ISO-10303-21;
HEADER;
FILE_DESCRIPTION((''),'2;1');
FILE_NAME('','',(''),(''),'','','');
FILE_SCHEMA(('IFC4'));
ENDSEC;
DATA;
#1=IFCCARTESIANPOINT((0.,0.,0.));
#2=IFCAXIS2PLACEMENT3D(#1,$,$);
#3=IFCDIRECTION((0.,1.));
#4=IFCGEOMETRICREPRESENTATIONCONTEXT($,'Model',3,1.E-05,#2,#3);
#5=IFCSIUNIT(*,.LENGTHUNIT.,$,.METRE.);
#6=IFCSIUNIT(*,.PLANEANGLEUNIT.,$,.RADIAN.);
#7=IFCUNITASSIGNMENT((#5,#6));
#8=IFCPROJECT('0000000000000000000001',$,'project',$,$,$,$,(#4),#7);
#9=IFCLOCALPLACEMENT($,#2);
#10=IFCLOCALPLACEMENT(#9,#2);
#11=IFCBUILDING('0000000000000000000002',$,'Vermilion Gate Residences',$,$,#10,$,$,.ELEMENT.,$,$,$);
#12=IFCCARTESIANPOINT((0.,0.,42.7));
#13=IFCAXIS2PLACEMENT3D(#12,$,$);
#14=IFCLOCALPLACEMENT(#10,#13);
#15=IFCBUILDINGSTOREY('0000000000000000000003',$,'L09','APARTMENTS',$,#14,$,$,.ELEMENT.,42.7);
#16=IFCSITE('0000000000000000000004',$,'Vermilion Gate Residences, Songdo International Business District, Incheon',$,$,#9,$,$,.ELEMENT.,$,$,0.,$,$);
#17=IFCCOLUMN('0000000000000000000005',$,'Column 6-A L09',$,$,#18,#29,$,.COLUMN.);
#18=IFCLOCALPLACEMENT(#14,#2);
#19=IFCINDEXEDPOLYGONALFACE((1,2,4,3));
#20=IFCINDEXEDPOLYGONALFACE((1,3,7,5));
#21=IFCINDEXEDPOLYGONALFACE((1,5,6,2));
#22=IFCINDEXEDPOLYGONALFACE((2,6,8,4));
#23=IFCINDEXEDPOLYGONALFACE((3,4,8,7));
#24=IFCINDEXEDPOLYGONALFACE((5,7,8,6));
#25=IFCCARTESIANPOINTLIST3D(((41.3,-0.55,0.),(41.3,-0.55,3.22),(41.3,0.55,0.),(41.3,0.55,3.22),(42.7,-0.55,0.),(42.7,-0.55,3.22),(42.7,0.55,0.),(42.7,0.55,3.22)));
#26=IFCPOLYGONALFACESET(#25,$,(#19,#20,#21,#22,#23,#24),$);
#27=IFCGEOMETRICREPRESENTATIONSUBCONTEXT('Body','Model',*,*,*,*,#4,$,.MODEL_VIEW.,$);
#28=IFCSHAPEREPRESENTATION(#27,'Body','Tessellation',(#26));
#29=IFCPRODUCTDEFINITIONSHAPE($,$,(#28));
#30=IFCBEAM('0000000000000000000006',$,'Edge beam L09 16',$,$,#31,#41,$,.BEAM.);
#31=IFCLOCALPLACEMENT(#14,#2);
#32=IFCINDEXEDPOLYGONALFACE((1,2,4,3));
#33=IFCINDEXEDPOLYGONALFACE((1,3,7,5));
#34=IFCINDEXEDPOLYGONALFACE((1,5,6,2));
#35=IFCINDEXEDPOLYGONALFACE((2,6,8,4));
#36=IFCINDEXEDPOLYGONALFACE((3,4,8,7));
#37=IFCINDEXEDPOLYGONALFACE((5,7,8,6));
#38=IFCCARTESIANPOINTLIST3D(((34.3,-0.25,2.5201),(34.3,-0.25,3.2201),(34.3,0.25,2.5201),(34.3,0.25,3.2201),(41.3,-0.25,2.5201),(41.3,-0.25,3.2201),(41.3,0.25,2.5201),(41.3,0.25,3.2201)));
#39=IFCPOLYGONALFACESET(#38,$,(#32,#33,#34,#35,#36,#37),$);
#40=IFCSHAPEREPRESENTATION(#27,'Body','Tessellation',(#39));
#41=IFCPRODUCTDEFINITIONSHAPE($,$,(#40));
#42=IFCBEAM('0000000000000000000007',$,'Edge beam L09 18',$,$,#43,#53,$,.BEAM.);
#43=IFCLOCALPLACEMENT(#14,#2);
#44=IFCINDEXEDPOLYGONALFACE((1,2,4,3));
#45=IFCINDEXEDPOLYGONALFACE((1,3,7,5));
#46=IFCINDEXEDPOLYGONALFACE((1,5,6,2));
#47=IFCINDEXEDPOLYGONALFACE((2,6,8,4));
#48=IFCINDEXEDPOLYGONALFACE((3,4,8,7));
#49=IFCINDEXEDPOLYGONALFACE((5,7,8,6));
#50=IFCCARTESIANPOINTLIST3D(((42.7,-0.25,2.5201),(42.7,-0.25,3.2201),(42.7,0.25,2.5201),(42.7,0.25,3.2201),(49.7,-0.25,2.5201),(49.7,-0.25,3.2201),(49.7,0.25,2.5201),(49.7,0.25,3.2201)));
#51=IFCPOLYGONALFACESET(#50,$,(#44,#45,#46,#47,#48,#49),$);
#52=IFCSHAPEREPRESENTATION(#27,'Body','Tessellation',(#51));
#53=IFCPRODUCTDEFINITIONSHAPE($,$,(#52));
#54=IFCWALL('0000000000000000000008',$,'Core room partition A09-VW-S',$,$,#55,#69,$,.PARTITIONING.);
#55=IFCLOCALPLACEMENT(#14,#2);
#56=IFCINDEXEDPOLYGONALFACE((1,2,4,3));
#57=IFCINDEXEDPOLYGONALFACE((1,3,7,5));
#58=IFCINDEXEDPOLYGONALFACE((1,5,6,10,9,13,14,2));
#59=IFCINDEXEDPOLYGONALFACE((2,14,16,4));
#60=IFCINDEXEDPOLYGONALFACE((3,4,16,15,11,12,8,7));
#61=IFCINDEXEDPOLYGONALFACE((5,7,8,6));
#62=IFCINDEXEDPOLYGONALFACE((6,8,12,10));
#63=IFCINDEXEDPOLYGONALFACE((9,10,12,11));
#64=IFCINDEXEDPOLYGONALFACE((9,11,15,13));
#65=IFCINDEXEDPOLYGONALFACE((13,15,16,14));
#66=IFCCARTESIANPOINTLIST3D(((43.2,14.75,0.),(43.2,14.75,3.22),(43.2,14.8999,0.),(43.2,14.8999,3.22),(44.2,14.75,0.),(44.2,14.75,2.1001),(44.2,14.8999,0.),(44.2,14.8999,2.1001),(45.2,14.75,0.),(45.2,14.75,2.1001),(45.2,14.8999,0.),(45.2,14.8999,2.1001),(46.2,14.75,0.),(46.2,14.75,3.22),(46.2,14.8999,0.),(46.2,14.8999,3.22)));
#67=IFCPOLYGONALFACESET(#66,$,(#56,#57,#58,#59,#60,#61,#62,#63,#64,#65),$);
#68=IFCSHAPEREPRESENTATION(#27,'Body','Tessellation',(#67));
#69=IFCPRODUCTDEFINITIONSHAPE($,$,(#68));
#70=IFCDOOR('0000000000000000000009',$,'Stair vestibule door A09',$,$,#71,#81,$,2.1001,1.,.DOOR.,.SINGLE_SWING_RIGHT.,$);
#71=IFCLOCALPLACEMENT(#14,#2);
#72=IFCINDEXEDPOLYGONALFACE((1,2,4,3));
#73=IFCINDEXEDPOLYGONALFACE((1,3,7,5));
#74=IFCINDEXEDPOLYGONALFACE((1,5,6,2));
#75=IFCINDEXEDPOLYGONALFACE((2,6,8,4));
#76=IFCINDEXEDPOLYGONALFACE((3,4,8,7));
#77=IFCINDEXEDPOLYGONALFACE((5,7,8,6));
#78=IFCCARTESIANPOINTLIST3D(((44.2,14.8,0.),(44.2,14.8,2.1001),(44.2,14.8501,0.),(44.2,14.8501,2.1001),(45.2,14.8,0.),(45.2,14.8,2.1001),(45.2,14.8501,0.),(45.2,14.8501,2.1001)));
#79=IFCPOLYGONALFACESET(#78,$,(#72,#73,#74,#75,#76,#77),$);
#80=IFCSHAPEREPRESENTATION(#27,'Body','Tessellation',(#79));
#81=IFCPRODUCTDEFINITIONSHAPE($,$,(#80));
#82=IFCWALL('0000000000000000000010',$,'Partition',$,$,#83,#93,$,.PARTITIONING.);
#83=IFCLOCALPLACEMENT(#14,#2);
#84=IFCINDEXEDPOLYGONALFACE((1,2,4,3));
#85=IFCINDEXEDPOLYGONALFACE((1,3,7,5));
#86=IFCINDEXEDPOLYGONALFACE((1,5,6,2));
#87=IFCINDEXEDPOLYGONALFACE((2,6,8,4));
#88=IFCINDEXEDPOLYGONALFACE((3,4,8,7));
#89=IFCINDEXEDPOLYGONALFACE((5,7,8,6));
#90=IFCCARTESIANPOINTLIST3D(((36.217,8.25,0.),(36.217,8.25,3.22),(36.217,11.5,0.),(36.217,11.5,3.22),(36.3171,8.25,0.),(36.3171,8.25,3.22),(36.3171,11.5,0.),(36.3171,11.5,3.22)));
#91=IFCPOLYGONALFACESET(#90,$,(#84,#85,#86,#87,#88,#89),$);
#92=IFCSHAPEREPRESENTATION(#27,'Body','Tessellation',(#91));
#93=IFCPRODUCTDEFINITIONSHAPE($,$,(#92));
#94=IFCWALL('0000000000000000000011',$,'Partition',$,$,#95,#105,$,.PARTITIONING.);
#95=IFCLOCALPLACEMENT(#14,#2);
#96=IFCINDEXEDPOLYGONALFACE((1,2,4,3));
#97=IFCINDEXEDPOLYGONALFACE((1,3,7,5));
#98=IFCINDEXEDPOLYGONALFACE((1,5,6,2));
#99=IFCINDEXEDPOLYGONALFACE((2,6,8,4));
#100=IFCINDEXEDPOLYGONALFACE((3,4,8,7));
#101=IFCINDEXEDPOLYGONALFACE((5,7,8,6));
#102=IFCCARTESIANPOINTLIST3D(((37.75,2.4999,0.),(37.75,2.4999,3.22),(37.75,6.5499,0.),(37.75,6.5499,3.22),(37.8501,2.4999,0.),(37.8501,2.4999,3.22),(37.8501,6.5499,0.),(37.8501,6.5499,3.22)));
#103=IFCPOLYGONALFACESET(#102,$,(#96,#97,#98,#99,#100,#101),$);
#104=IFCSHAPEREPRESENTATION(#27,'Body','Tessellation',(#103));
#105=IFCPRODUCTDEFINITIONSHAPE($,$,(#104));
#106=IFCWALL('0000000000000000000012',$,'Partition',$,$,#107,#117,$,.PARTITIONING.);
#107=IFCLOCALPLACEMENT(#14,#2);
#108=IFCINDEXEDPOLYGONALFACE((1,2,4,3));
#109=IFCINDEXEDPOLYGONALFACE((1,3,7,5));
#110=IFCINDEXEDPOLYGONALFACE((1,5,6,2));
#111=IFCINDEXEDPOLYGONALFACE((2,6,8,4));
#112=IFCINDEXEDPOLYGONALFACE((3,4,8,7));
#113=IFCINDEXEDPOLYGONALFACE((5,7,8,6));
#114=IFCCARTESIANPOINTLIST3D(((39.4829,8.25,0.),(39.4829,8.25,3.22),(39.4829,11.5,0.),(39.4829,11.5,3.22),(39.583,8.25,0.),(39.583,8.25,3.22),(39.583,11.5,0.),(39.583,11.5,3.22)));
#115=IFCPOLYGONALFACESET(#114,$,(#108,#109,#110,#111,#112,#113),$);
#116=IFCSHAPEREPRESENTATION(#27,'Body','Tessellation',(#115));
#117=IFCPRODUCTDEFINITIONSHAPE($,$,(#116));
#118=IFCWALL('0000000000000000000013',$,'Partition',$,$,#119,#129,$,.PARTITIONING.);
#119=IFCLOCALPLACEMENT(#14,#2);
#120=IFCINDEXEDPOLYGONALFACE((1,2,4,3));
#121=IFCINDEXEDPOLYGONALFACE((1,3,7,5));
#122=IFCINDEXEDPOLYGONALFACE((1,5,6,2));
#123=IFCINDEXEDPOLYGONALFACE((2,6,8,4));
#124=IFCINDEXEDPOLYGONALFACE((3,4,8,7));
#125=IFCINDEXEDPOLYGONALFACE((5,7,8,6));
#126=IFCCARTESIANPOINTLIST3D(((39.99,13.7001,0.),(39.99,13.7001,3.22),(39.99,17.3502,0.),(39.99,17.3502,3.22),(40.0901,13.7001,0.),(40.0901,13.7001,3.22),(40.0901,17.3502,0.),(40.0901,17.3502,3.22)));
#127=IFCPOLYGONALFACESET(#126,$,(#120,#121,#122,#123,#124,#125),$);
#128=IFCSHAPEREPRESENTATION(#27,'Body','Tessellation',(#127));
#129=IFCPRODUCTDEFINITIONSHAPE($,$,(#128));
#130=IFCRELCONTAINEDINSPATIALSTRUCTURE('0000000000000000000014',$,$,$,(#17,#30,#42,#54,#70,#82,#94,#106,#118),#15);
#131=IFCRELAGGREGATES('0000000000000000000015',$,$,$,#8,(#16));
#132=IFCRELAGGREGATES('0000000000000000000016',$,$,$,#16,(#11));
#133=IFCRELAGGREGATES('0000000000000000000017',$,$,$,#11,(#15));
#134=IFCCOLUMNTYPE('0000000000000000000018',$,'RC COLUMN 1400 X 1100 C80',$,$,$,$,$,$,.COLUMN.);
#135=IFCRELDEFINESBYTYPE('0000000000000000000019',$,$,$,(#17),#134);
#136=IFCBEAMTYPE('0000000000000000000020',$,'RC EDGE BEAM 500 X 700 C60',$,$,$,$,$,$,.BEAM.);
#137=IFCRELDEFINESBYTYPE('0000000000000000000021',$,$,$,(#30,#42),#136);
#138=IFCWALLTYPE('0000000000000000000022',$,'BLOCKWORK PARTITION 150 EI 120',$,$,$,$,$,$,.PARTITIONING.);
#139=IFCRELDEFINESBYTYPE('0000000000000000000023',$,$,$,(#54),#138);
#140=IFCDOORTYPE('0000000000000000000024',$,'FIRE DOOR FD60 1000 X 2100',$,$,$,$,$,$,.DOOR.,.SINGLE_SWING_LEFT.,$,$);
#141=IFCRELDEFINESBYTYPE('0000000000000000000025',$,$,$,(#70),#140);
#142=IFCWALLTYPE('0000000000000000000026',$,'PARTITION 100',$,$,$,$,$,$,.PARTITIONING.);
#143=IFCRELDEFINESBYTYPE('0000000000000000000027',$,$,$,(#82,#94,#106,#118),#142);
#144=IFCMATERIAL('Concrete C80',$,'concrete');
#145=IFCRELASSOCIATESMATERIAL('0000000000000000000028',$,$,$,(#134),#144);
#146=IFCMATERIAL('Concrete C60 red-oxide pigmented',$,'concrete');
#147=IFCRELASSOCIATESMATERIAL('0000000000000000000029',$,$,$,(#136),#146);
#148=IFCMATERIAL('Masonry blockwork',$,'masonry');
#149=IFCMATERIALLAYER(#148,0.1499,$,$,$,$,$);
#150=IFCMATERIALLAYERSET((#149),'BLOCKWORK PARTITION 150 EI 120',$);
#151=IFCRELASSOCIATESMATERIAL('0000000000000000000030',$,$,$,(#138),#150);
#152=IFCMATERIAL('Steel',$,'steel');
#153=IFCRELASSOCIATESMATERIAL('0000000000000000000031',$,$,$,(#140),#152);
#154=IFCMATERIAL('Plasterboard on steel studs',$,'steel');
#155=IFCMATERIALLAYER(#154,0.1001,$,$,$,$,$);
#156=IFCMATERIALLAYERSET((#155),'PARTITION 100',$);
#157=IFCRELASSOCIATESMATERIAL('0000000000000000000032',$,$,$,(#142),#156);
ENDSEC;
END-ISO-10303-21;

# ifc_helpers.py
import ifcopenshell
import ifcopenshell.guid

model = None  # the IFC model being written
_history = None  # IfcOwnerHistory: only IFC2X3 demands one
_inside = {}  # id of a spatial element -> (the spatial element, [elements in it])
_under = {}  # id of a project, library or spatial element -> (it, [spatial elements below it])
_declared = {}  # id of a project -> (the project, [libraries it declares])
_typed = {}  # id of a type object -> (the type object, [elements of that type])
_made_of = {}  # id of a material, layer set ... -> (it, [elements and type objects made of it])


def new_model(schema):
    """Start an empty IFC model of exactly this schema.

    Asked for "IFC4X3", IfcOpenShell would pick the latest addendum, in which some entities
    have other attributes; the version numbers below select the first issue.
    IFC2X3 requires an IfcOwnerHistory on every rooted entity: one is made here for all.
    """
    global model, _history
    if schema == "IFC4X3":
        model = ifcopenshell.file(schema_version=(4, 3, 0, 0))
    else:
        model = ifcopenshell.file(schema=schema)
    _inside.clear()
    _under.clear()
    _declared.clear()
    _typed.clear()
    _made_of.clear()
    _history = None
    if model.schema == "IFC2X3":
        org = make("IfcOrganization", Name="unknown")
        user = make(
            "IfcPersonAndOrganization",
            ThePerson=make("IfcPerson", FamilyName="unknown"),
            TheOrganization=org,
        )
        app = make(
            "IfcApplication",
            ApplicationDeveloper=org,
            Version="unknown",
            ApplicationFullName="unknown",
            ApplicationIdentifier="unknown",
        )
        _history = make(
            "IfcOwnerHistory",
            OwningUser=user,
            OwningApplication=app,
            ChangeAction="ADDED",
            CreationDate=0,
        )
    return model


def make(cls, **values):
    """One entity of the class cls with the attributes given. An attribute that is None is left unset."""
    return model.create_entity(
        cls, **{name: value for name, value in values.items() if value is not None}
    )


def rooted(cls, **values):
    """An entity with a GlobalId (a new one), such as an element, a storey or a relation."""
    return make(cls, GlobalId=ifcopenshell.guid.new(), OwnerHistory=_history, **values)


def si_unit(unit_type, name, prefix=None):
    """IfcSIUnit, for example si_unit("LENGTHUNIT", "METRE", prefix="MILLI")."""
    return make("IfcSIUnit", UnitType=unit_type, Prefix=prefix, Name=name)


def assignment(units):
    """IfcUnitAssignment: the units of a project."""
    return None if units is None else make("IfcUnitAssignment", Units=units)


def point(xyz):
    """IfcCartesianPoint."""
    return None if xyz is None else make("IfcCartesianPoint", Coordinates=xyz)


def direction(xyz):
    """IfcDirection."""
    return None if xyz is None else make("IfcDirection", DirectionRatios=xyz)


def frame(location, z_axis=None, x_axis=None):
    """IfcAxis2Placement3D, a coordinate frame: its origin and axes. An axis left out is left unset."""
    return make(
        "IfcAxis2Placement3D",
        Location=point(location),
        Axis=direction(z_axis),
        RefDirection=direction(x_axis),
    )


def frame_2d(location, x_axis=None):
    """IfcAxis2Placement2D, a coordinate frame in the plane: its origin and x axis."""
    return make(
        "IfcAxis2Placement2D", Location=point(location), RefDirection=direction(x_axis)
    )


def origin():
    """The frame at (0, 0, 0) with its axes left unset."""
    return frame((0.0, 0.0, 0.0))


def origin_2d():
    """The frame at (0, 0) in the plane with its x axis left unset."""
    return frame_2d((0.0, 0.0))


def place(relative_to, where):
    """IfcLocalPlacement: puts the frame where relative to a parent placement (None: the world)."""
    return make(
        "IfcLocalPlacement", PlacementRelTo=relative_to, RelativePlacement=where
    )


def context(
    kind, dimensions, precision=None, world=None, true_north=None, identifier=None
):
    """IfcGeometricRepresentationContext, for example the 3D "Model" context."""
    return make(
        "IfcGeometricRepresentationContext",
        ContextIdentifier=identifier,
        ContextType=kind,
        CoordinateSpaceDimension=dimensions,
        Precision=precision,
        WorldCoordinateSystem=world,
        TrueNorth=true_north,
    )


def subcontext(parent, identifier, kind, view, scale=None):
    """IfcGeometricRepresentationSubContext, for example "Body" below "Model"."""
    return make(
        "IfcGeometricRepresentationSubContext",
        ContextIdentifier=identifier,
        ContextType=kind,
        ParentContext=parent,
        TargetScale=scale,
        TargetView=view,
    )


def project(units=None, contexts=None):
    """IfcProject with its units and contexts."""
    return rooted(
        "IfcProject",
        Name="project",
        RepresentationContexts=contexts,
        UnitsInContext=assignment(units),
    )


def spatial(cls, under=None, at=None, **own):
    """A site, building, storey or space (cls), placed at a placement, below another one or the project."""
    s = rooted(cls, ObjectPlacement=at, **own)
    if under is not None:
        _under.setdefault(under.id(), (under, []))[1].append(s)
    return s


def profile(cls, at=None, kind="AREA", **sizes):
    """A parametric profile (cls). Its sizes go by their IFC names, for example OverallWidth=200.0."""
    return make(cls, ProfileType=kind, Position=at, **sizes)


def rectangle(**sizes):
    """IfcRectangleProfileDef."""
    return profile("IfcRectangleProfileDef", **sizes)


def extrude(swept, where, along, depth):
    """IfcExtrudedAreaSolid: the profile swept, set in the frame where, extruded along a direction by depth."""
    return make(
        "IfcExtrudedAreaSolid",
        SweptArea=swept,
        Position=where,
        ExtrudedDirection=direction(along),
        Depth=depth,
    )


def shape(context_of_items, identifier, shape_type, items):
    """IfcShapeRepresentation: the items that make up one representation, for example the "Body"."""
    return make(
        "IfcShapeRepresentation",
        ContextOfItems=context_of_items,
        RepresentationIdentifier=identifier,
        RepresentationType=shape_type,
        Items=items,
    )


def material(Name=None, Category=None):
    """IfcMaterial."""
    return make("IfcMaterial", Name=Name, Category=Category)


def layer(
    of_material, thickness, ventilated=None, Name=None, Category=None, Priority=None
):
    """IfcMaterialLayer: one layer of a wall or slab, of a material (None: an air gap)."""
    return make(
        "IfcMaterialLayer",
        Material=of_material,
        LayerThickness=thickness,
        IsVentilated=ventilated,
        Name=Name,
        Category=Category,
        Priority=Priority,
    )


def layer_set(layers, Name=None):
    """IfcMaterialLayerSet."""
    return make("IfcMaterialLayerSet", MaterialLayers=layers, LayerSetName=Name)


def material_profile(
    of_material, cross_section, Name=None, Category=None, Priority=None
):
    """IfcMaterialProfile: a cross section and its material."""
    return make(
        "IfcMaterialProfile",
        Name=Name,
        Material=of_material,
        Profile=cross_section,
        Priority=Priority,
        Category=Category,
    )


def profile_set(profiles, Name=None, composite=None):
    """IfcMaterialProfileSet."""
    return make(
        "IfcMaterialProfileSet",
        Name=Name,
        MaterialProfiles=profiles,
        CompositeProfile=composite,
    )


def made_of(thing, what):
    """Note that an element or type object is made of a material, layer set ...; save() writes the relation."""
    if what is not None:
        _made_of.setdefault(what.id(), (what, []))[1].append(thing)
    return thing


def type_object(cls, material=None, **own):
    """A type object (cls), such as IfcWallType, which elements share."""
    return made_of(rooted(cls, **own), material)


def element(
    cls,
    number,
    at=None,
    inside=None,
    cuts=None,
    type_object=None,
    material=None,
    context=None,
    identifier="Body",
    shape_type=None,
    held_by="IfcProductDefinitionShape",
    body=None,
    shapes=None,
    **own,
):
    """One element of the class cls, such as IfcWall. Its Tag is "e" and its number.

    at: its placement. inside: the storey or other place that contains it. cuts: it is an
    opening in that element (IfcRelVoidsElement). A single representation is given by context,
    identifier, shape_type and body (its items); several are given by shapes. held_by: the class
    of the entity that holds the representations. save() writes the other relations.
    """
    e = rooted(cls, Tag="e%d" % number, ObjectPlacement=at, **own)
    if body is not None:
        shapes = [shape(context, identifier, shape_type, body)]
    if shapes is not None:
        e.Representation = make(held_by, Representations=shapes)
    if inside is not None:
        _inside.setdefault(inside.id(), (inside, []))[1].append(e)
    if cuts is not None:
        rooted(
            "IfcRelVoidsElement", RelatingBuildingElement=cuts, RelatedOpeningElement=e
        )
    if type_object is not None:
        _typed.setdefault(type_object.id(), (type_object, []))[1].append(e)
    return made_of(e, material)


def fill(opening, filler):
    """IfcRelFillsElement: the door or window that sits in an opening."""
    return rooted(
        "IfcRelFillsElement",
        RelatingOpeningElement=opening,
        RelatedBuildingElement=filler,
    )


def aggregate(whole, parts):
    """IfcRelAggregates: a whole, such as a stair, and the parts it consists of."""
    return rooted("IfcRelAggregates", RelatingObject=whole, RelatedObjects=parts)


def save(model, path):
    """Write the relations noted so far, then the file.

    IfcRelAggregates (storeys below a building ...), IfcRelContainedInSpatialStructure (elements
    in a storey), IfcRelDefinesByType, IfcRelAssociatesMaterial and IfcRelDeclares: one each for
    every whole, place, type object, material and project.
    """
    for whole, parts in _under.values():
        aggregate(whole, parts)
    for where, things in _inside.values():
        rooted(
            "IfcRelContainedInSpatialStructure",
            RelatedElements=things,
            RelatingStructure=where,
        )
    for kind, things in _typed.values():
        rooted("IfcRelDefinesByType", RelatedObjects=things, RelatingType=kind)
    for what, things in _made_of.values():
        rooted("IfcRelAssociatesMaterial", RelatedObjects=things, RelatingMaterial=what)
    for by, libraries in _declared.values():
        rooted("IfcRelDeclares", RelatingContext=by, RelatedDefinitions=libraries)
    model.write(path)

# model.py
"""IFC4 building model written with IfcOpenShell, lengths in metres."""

from ifc_helpers import new_model, si_unit, direction, frame, frame_2d, origin, origin_2d, place, context, subcontext, project, spatial, rectangle, extrude, material, layer, layer_set, material_profile, profile_set, type_object, element, fill, save


model = new_model("IFC4")

# Units and contexts
model_context = context("Model", 3, precision=1e-05, world=origin(), true_north=direction((0.0, 1.0)))
body_context = subcontext(model_context, "Body", "Model", "MODEL_VIEW")
ifc_project = project(units=[si_unit("LENGTHUNIT", "METRE"), si_unit("PLANEANGLEUNIT", "RADIAN")], contexts=[model_context])

# Site, building, storey
site_placement = place(None, origin())
site = spatial("IfcSite", under=ifc_project, at=site_placement, Name="Vermilion Gate Residences, Songdo International Business District, Incheon", CompositionType="ELEMENT", RefElevation=0.0)
building_placement = place(site_placement, origin())
building = spatial("IfcBuilding", under=site, at=building_placement, Name="Vermilion Gate Residences", CompositionType="ELEMENT")
storey_placement = place(building_placement, frame((0.0, 0.0, 42.7)))
storey = spatial("IfcBuildingStorey", under=building, at=storey_placement, Name="L09", Description="APARTMENTS", CompositionType="ELEMENT", Elevation=42.7)

# Column
ifc_material_1 = material(Name="Concrete C80", Category="concrete")
ifc_material_profile_1 = material_profile(ifc_material_1, rectangle(XDim=1.3999, YDim=1.1001, at=origin_2d()), Name="RC-1400x1100")
ifc_profile_set_1 = profile_set([ifc_material_profile_1], Name="Concrete C80")
column_type = type_object("IfcColumnType", Name="RC COLUMN 1400 X 1100 C80", PredefinedType="COLUMN", material=ifc_profile_set_1)
column_placement = place(storey_placement, frame((42.0, 0.0, 0.0), z_axis=(0.0, 0.0, 1.0), x_axis=(1.0, 0.0, 0.0)))
element("IfcColumn", 1, at=column_placement, inside=storey, type_object=column_type, Name="Column 6-A L09", PredefinedType="COLUMN", context=body_context, shape_type="SweptSolid", body=[
    extrude(rectangle(XDim=1.3999, YDim=1.1001, at=origin_2d()), origin(), (0.0, 0.0, 1.0), 3.22),
])

# Beams
ifc_material_2 = material(Name="Concrete C60 red-oxide pigmented", Category="concrete")
ifc_material_profile_2 = material_profile(ifc_material_2, rectangle(XDim=0.5, YDim=0.7, at=origin_2d()), Name="RC-500x700")
ifc_profile_set_2 = profile_set([ifc_material_profile_2], Name="Concrete C60 red-oxide pigmented")
beam_type = type_object("IfcBeamType", Name="RC EDGE BEAM 500 X 700 C60", PredefinedType="BEAM", material=ifc_profile_set_2)
for number, where, z_axis, x_axis, name in (
    (2, (34.3, 0.0, 2.8701), (1.0, 0.0, 0.0), (0.0, 1.0, 0.0), "Edge beam L09 16"),
    (3, (42.7, 0.0, 2.8701), (1.0, 0.0, 0.0), (0.0, 1.0, 0.0), "Edge beam L09 18"),
):
    element("IfcBeam", number, at=place(storey_placement, frame(where, z_axis=z_axis, x_axis=x_axis)), inside=storey, type_object=beam_type, Name=name, PredefinedType="BEAM", context=body_context, shape_type="SweptSolid", body=[
        extrude(rectangle(XDim=0.5, YDim=0.7, at=origin_2d()), origin(), (0.0, 0.0, 1.0), 7.0),
    ])

# Wall, opening, door
ifc_material_3 = material(Name="Masonry blockwork", Category="masonry")
ifc_layer_1 = layer(ifc_material_3, 0.1499)
ifc_layer_set_1 = layer_set([ifc_layer_1], Name="BLOCKWORK PARTITION 150 EI 120")
wall_type_1 = type_object("IfcWallType", Name="BLOCKWORK PARTITION 150 EI 120", PredefinedType="PARTITIONING", material=ifc_layer_set_1)
wall_1_placement = place(storey_placement, frame((43.2, 14.825, 0.0), z_axis=(0.0, 0.0, 1.0), x_axis=(1.0, 0.0, 0.0)))
wall_1 = element("IfcWall", 4, at=wall_1_placement, inside=storey, type_object=wall_type_1, Name="Core room partition A09-VW-S", PredefinedType="PARTITIONING", context=body_context, shape_type="SweptSolid", body=[
    extrude(rectangle(XDim=3.0, YDim=0.1499, at=frame_2d((1.5, 0.0))), origin(), (0.0, 0.0, 1.0), 3.22),
])
opening_1_placement = place(wall_1_placement, frame((1.0, 0.0, 0.0)))
opening_1 = element("IfcOpeningElement", 5, at=opening_1_placement, cuts=wall_1, PredefinedType="OPENING", context=body_context, shape_type="SweptSolid", body=[
    extrude(rectangle(XDim=1.0, YDim=2.1001, at=frame_2d((0.5, 1.05))), frame((0.0, 0.085, 0.0), z_axis=(0.0, -1.0, 0.0), x_axis=(1.0, 0.0, 0.0)), (0.0, 0.0, 1.0), 0.1699),
])
ifc_material_4 = material(Name="Steel", Category="steel")
door_type_1 = type_object("IfcDoorType", Name="FIRE DOOR FD60 1000 X 2100", OperationType="SINGLE_SWING_LEFT", PredefinedType="DOOR", material=ifc_material_4)
door_1_placement = place(opening_1_placement, frame((1.0, 0.0, 0.0), z_axis=(0.0, 0.0, 1.0), x_axis=(-1.0, 0.0, 0.0)))
door_1 = element("IfcDoor", 6, at=door_1_placement, inside=storey, type_object=door_type_1, Name="Stair vestibule door A09", OperationType="SINGLE_SWING_RIGHT", OverallHeight=2.1001, OverallWidth=1.0, PredefinedType="DOOR", context=body_context, shape_type="SweptSolid", body=[
    extrude(rectangle(XDim=1.0, YDim=2.1001, at=frame_2d((0.5, 1.05))), frame((0.0, 0.0249, 0.0), z_axis=(0.0, -1.0, 0.0), x_axis=(1.0, 0.0, 0.0)), (0.0, 0.0, 1.0), 0.05),
])
fill(opening_1, door_1)

# Walls
ifc_material_5 = material(Name="Plasterboard on steel studs", Category="steel")
ifc_layer_2 = layer(ifc_material_5, 0.1001)
ifc_layer_set_2 = layer_set([ifc_layer_2], Name="PARTITION 100")
wall_type_2 = type_object("IfcWallType", Name="PARTITION 100", PredefinedType="PARTITIONING", material=ifc_layer_set_2)
wall_2_placement = place(storey_placement, frame((36.2671, 8.25, 0.0), z_axis=(0.0, 0.0, 1.0), x_axis=(0.0, 1.0, 0.0)))
element("IfcWall", 7, at=wall_2_placement, inside=storey, type_object=wall_type_2, Name="Partition", PredefinedType="PARTITIONING", context=body_context, shape_type="SweptSolid", body=[
    extrude(rectangle(XDim=3.25, YDim=0.1001, at=frame_2d((1.625, 0.0))), origin(), (0.0, 0.0, 1.0), 3.22),
])
wall_3_placement = place(storey_placement, frame((37.8, 2.5, 0.0), z_axis=(0.0, 0.0, 1.0), x_axis=(0.0, 1.0, 0.0)))
element("IfcWall", 8, at=wall_3_placement, inside=storey, type_object=wall_type_2, Name="Partition", PredefinedType="PARTITIONING", context=body_context, shape_type="SweptSolid", body=[
    extrude(rectangle(XDim=4.05, YDim=0.1001, at=frame_2d((2.0249, 0.0))), origin(), (0.0, 0.0, 1.0), 3.22),
])
wall_4_placement = place(storey_placement, frame((39.533, 8.25, 0.0), z_axis=(0.0, 0.0, 1.0), x_axis=(0.0, 1.0, 0.0)))
element("IfcWall", 9, at=wall_4_placement, inside=storey, type_object=wall_type_2, Name="Partition", PredefinedType="PARTITIONING", context=body_context, shape_type="SweptSolid", body=[
    extrude(rectangle(XDim=3.25, YDim=0.1001, at=frame_2d((1.625, 0.0))), origin(), (0.0, 0.0, 1.0), 3.22),
])
wall_5_placement = place(storey_placement, frame((40.04, 13.7, 0.0), z_axis=(0.0, 0.0, 1.0), x_axis=(0.0, 1.0, 0.0)))
element("IfcWall", 10, at=wall_5_placement, inside=storey, type_object=wall_type_2, Name="Partition", PredefinedType="PARTITIONING", context=body_context, shape_type="SweptSolid", body=[
    extrude(rectangle(XDim=3.6501, YDim=0.1001, at=frame_2d((1.8252, 0.0))), origin(), (0.0, 0.0, 1.0), 3.22),
])

save(model, "model.ifc")
